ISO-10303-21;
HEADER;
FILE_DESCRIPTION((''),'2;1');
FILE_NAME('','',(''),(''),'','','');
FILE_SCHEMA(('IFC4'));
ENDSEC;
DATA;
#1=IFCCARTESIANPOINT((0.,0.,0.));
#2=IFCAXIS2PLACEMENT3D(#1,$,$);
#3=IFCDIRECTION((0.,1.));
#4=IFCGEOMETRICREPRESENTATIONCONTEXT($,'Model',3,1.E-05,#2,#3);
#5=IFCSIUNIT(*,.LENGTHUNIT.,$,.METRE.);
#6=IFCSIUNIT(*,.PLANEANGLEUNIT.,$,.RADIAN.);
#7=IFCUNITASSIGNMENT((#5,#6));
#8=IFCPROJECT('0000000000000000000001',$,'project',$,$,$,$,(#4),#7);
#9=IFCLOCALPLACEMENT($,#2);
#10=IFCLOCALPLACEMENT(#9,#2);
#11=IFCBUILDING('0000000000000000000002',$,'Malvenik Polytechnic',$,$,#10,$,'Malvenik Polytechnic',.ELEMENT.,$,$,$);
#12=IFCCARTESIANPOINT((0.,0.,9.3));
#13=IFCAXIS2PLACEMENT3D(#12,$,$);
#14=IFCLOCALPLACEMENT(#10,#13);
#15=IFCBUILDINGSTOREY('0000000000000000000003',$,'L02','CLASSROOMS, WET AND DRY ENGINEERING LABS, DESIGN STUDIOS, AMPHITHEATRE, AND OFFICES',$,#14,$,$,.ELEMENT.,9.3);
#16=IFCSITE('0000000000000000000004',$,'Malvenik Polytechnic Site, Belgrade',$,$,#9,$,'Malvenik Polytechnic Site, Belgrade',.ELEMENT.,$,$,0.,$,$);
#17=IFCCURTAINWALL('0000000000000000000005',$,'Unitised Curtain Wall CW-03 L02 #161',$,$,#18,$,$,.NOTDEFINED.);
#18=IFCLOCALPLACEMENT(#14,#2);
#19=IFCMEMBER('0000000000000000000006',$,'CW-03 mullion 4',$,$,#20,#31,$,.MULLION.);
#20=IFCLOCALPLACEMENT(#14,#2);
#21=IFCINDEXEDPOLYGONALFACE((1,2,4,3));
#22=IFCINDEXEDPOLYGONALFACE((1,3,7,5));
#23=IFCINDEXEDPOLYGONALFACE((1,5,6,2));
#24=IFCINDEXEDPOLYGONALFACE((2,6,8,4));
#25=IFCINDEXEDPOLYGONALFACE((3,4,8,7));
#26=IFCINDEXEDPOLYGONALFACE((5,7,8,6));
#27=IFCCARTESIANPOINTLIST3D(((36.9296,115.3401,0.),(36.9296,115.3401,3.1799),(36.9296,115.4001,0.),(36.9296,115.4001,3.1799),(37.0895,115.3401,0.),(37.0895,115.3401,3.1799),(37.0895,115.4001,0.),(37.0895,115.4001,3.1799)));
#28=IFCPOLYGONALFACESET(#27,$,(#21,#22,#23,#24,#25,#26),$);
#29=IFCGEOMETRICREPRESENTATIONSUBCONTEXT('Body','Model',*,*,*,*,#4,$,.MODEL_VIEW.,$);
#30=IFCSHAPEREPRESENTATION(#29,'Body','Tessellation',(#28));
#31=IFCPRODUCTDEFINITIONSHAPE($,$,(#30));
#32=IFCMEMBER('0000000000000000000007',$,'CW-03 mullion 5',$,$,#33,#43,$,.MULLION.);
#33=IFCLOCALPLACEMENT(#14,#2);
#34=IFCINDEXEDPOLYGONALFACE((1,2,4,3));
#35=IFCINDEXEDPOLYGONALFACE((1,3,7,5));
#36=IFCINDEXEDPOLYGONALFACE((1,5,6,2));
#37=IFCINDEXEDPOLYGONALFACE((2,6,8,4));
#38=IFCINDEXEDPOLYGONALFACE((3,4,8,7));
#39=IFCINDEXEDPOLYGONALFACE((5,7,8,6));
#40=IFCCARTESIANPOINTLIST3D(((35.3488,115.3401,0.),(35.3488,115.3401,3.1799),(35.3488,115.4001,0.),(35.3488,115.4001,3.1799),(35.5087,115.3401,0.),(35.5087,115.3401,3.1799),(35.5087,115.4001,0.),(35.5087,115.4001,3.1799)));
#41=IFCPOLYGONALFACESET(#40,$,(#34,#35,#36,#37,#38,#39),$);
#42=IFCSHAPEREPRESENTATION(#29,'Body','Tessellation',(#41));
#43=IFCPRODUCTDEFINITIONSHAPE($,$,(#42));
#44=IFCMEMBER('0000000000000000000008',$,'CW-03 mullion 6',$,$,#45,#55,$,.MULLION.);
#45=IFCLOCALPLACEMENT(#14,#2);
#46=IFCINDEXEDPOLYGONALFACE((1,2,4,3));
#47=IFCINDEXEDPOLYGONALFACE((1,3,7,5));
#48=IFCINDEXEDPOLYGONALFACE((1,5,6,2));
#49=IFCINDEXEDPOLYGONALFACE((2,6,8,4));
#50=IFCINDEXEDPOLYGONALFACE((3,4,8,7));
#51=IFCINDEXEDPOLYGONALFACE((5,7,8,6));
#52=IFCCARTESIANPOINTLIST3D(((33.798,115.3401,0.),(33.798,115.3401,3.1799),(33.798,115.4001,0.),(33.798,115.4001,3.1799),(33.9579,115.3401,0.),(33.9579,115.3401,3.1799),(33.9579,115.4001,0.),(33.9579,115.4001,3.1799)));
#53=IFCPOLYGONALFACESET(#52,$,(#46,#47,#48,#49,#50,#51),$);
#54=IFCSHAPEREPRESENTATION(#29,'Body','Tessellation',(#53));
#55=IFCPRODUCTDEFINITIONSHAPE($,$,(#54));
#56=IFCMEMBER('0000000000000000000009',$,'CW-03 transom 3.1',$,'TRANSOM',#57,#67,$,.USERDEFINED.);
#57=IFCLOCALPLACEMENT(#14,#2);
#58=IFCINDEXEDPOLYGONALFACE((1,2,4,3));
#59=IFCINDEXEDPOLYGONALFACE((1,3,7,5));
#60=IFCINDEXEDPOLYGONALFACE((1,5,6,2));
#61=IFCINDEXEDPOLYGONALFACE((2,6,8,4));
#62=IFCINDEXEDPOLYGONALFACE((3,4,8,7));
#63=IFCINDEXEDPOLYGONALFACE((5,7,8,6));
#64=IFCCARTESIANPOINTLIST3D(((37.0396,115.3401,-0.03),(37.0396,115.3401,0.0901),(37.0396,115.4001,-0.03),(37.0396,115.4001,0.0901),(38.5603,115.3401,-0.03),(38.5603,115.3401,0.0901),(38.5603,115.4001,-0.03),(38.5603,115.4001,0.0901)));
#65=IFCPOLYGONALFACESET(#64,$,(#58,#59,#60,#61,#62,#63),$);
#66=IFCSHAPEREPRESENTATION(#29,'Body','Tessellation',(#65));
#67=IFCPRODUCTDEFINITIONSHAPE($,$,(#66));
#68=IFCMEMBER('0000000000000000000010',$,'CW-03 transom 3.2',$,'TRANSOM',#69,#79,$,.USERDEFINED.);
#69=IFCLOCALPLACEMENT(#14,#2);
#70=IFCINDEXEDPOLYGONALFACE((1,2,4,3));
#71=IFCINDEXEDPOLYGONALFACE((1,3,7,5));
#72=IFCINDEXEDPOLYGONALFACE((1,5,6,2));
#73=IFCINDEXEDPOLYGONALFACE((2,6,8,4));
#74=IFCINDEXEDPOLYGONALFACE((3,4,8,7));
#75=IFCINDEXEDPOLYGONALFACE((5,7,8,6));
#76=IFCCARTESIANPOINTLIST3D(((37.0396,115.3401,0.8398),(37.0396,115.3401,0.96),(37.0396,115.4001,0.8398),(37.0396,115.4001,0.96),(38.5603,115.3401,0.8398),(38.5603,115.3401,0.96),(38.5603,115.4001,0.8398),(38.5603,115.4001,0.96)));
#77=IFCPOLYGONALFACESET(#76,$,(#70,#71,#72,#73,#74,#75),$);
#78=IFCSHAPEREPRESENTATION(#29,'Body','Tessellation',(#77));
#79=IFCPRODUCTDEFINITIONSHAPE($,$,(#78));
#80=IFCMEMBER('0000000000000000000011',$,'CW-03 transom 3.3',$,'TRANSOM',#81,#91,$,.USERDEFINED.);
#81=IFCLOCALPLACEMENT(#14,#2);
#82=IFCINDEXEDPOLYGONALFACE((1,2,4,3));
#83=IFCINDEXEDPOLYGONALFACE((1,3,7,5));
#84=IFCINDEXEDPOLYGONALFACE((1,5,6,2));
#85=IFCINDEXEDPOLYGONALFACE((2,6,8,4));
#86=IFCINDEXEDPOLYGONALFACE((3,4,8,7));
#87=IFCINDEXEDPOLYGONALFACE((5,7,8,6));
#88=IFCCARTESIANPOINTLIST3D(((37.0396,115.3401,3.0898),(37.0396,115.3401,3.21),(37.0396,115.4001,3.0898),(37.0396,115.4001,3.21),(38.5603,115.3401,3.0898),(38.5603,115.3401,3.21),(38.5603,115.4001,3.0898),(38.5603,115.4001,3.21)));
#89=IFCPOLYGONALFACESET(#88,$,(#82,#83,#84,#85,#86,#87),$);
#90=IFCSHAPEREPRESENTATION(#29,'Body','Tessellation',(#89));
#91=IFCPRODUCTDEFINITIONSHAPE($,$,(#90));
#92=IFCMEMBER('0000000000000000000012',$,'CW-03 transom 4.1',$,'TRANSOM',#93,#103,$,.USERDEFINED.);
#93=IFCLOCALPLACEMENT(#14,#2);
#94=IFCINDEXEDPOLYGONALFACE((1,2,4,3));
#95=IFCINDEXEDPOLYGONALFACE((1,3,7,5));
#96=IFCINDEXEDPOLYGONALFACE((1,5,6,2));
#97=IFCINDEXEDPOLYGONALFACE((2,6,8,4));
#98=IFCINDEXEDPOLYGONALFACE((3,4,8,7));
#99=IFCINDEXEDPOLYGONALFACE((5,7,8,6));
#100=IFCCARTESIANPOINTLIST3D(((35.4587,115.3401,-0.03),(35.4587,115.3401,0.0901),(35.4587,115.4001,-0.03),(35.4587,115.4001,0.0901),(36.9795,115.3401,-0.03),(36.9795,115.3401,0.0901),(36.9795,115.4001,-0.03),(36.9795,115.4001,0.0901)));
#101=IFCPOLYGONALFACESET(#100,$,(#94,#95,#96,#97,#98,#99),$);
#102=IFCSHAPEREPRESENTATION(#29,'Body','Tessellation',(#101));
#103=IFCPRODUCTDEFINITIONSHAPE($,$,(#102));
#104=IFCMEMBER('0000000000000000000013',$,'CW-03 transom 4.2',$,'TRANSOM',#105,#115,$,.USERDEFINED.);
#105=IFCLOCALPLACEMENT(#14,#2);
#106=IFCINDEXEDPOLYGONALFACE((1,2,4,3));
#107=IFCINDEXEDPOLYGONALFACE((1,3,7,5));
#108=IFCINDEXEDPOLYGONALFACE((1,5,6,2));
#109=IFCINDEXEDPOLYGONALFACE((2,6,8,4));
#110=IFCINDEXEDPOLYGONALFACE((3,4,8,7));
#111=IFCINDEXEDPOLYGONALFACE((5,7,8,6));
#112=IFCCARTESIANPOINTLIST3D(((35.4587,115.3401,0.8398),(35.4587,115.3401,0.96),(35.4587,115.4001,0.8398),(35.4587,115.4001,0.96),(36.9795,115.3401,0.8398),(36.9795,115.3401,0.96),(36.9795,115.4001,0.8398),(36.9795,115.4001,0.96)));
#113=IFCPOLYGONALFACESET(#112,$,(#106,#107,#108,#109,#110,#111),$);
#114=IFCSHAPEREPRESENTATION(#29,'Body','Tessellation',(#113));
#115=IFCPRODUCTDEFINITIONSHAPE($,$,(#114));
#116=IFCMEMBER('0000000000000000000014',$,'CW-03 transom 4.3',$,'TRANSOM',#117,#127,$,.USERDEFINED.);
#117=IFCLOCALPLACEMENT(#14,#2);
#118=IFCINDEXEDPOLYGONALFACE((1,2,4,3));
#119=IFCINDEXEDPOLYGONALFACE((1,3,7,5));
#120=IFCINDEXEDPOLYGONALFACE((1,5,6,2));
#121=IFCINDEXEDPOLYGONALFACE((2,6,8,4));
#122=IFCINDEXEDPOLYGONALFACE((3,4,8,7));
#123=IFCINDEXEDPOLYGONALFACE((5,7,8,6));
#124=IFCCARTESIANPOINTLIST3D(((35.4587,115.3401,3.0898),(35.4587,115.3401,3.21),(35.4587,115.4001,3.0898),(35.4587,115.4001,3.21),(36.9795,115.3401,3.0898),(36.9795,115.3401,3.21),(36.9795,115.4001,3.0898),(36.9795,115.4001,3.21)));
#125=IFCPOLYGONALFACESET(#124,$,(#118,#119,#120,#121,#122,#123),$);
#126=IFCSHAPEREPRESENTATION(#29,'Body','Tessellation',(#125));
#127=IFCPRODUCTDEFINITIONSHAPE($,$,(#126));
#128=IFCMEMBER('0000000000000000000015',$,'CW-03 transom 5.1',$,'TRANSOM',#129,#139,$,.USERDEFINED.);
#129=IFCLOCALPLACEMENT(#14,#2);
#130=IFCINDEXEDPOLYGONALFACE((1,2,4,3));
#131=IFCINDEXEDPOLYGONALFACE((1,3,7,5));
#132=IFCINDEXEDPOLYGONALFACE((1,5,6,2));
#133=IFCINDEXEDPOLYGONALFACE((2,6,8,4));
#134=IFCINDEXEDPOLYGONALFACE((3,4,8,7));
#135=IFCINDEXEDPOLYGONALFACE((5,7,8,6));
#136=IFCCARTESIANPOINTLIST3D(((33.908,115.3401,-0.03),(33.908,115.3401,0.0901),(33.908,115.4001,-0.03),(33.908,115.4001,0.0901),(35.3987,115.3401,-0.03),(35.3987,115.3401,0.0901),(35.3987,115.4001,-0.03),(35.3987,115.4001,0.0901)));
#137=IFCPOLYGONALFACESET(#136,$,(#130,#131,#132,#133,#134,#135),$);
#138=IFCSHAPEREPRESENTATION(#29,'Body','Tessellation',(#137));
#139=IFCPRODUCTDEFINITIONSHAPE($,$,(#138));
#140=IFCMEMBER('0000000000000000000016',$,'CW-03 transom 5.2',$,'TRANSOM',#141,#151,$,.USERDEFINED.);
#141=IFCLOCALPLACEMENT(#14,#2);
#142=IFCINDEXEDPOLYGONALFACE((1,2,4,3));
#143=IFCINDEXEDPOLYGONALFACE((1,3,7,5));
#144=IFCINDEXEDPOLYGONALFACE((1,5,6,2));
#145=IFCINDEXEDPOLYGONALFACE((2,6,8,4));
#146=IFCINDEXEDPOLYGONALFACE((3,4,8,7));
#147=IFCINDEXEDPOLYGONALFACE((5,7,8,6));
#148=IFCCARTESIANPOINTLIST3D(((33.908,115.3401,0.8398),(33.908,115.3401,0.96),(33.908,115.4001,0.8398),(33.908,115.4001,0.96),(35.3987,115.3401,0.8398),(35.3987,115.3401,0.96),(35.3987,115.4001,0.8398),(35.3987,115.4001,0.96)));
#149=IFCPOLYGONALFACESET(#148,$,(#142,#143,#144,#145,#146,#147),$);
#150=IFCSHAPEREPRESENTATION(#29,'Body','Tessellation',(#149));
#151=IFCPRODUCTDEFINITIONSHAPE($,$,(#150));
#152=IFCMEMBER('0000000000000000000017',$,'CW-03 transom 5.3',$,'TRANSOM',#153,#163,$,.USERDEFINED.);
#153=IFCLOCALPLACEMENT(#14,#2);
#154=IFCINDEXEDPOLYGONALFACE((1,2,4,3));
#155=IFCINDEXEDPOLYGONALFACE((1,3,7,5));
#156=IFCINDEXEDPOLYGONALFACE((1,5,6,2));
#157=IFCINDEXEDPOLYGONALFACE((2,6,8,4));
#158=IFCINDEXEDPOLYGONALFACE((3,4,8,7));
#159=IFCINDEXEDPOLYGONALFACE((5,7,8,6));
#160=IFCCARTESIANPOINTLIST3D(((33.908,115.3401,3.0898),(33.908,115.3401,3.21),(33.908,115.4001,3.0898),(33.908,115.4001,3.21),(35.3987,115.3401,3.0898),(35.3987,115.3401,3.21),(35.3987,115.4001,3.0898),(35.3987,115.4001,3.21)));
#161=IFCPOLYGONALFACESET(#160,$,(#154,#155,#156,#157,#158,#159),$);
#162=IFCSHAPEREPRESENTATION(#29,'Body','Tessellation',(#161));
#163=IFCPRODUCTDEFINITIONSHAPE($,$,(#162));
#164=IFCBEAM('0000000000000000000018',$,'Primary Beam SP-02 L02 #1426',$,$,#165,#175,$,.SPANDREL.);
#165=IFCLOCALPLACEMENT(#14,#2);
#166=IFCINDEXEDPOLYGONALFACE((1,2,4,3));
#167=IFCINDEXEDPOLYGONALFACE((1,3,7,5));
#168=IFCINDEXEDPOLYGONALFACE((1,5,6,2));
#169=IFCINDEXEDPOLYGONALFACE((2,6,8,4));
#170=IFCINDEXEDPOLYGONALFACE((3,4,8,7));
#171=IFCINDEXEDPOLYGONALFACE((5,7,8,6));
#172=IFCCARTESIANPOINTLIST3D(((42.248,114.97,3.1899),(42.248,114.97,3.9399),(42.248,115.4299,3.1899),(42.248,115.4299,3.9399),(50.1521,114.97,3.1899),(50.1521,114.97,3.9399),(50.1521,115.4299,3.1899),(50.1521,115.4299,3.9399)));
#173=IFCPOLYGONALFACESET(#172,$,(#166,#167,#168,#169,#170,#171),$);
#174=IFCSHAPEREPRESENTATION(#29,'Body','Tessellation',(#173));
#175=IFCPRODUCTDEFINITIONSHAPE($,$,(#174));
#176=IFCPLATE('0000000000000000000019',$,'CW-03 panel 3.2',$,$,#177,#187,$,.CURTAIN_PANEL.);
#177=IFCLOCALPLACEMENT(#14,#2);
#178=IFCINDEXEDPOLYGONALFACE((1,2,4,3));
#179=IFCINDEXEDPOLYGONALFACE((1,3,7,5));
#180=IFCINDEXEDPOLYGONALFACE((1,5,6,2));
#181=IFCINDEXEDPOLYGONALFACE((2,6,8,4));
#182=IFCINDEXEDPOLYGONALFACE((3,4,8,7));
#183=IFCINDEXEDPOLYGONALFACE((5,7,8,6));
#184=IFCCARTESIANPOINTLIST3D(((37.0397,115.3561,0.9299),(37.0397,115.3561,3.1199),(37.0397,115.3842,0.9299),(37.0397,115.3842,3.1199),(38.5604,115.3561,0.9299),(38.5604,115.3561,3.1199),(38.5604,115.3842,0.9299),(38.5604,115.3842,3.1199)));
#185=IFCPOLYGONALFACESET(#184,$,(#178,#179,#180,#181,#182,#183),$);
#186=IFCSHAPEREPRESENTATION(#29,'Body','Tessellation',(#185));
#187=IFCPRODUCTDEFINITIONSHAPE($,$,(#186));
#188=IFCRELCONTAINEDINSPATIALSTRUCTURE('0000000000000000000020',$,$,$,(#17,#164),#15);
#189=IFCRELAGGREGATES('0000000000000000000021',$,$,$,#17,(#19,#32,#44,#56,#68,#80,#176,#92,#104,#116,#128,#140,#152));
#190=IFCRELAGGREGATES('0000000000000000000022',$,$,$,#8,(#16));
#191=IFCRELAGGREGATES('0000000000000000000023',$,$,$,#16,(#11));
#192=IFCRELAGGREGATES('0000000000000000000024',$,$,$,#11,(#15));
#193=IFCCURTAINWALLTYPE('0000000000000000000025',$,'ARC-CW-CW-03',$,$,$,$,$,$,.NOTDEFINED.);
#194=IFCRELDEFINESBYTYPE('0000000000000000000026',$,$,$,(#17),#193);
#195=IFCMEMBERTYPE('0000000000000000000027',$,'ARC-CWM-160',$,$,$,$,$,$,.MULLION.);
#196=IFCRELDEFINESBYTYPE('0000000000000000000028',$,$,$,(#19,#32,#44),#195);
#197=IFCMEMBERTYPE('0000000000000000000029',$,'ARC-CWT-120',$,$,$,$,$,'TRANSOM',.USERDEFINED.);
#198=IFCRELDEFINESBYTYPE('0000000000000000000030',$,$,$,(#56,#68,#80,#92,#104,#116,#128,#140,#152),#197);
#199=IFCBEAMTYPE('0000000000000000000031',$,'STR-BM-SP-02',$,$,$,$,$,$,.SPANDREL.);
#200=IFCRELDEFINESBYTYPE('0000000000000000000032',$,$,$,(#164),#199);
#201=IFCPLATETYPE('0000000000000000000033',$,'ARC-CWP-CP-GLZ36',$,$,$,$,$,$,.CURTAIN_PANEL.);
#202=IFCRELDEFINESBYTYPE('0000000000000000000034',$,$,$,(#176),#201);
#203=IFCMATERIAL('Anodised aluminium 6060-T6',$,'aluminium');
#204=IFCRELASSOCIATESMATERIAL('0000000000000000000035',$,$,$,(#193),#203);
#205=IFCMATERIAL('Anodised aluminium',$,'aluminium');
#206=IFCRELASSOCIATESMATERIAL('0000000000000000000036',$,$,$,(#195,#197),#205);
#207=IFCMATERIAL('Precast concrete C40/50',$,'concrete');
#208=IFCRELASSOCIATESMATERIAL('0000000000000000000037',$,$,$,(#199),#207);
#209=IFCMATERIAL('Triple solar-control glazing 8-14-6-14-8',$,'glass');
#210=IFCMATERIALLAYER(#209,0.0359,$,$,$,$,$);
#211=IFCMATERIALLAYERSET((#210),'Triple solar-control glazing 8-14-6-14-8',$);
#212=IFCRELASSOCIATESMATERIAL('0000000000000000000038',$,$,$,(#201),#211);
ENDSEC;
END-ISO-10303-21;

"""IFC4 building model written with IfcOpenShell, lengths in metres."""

from ifc_helpers import new_model, si_unit, direction, frame, origin, origin_2d, place, context, subcontext, project, spatial, rectangle, extrude, material, layer, layer_set, material_profile, profile_set, type_object, element, aggregate, save


model = new_model("IFC4")

# Units and contexts
model_context = context("Model", 3, precision=1e-05, world=origin(), true_north=direction((0.0, 1.0)))
body_context = subcontext(model_context, "Body", "Model", "MODEL_VIEW")
ifc_project = project(units=[si_unit("LENGTHUNIT", "METRE"), si_unit("PLANEANGLEUNIT", "RADIAN")], contexts=[model_context])

# Site, building, storey
site_placement = place(None, origin())
site = spatial("IfcSite", under=ifc_project, at=site_placement, Name="Malvenik Polytechnic Site, Belgrade", LongName="Malvenik Polytechnic Site, Belgrade", CompositionType="ELEMENT", RefElevation=0.0)
building_placement = place(site_placement, origin())
building = spatial("IfcBuilding", under=site, at=building_placement, Name="Malvenik Polytechnic", LongName="Malvenik Polytechnic", CompositionType="ELEMENT")
storey_placement = place(building_placement, frame((0.0, 0.0, 9.3)))
storey = spatial("IfcBuildingStorey", under=building, at=storey_placement, Name="L02", Description="CLASSROOMS, WET AND DRY ENGINEERING LABS, DESIGN STUDIOS, AMPHITHEATRE, AND OFFICES", CompositionType="ELEMENT", Elevation=9.3)

# Curtain wall, members
ifc_material_1 = material(Name="Anodised aluminium 6060-T6", Category="aluminium")
curtain_wall_type = type_object("IfcCurtainWallType", Name="ARC-CW-CW-03", PredefinedType="NOTDEFINED", material=ifc_material_1)
curtain_wall_placement = place(storey_placement, origin())
curtain_wall = element("IfcCurtainWall", 1, at=curtain_wall_placement, inside=storey, type_object=curtain_wall_type, Name="Unitised Curtain Wall CW-03 L02 #161", PredefinedType="NOTDEFINED")
ifc_material_2 = material(Name="Anodised aluminium", Category="aluminium")
ifc_material_profile_1 = material_profile(ifc_material_2, rectangle(XDim=0.0601, YDim=0.1599, at=origin_2d()), Name="ALU MULLION 60x160")
ifc_profile_set_1 = profile_set([ifc_material_profile_1], Name="Anodised aluminium")
member_type_1 = type_object("IfcMemberType", Name="ARC-CWM-160", PredefinedType="MULLION", material=ifc_profile_set_1)
member_1_placement = place(storey_placement, frame((37.0095, 115.3701, 0.0), z_axis=(0.0, 0.0, 1.0), x_axis=(0.0, -1.0, 0.0)))
member_1 = element("IfcMember", 2, at=member_1_placement, type_object=member_type_1, Name="CW-03 mullion 4", PredefinedType="MULLION", context=body_context, shape_type="SweptSolid", body=[
    extrude(rectangle(XDim=0.0601, YDim=0.1599, at=origin_2d()), origin(), (0.0, 0.0, 1.0), 3.1799),
])
member_2_placement = place(storey_placement, frame((35.4287, 115.3701, 0.0), z_axis=(0.0, 0.0, 1.0), x_axis=(0.0, -1.0, 0.0)))
member_2 = element("IfcMember", 3, at=member_2_placement, type_object=member_type_1, Name="CW-03 mullion 5", PredefinedType="MULLION", context=body_context, shape_type="SweptSolid", body=[
    extrude(rectangle(XDim=0.0601, YDim=0.1599, at=origin_2d()), origin(), (0.0, 0.0, 1.0), 3.1799),
])
member_3_placement = place(storey_placement, frame((33.8779, 115.3701, 0.0), z_axis=(0.0, 0.0, 1.0), x_axis=(0.0, -1.0, 0.0)))
member_3 = element("IfcMember", 4, at=member_3_placement, type_object=member_type_1, Name="CW-03 mullion 6", PredefinedType="MULLION", context=body_context, shape_type="SweptSolid", body=[
    extrude(rectangle(XDim=0.0601, YDim=0.1599, at=origin_2d()), origin(), (0.0, 0.0, 1.0), 3.1799),
])
ifc_material_profile_2 = material_profile(ifc_material_2, rectangle(XDim=0.0601, YDim=0.1201, at=origin_2d()), Name="ALU TRANSOM 60x120")
ifc_profile_set_2 = profile_set([ifc_material_profile_2], Name="Anodised aluminium")
member_type_2 = type_object("IfcMemberType", Name="ARC-CWT-120", ElementType="TRANSOM", PredefinedType="USERDEFINED", material=ifc_profile_set_2)
member_4_placement = place(storey_placement, frame((38.5603, 115.3701, 0.03), z_axis=(-1.0, 0.0, 0.0), x_axis=(0.0, -1.0, 0.0)))
member_4 = element("IfcMember", 5, at=member_4_placement, type_object=member_type_2, Name="CW-03 transom 3.1", ObjectType="TRANSOM", PredefinedType="USERDEFINED", context=body_context, shape_type="SweptSolid", body=[
    extrude(rectangle(XDim=0.0601, YDim=0.1201, at=origin_2d()), origin(), (0.0, 0.0, 1.0), 1.5208),
])
member_5_placement = place(storey_placement, frame((38.5603, 115.3701, 0.8999), z_axis=(-1.0, 0.0, 0.0), x_axis=(0.0, -1.0, 0.0)))
member_5 = element("IfcMember", 6, at=member_5_placement, type_object=member_type_2, Name="CW-03 transom 3.2", ObjectType="TRANSOM", PredefinedType="USERDEFINED", context=body_context, shape_type="SweptSolid", body=[
    extrude(rectangle(XDim=0.0601, YDim=0.1201, at=origin_2d()), origin(), (0.0, 0.0, 1.0), 1.5208),
])
member_6_placement = place(storey_placement, frame((38.5603, 115.3701, 3.1499), z_axis=(-1.0, 0.0, 0.0), x_axis=(0.0, -1.0, 0.0)))
member_6 = element("IfcMember", 7, at=member_6_placement, type_object=member_type_2, Name="CW-03 transom 3.3", ObjectType="TRANSOM", PredefinedType="USERDEFINED", context=body_context, shape_type="SweptSolid", body=[
    extrude(rectangle(XDim=0.0601, YDim=0.1201, at=origin_2d()), origin(), (0.0, 0.0, 1.0), 1.5208),
])
member_7_placement = place(storey_placement, frame((36.9795, 115.3701, 0.03), z_axis=(-1.0, 0.0, 0.0), x_axis=(0.0, -1.0, 0.0)))
member_7 = element("IfcMember", 8, at=member_7_placement, type_object=member_type_2, Name="CW-03 transom 4.1", ObjectType="TRANSOM", PredefinedType="USERDEFINED", context=body_context, shape_type="SweptSolid", body=[
    extrude(rectangle(XDim=0.0601, YDim=0.1201, at=origin_2d()), origin(), (0.0, 0.0, 1.0), 1.5208),
])
member_8_placement = place(storey_placement, frame((36.9795, 115.3701, 0.8999), z_axis=(-1.0, 0.0, 0.0), x_axis=(0.0, -1.0, 0.0)))
member_8 = element("IfcMember", 9, at=member_8_placement, type_object=member_type_2, Name="CW-03 transom 4.2", ObjectType="TRANSOM", PredefinedType="USERDEFINED", context=body_context, shape_type="SweptSolid", body=[
    extrude(rectangle(XDim=0.0601, YDim=0.1201, at=origin_2d()), origin(), (0.0, 0.0, 1.0), 1.5208),
])
member_9_placement = place(storey_placement, frame((36.9795, 115.3701, 3.1499), z_axis=(-1.0, 0.0, 0.0), x_axis=(0.0, -1.0, 0.0)))
member_9 = element("IfcMember", 10, at=member_9_placement, type_object=member_type_2, Name="CW-03 transom 4.3", ObjectType="TRANSOM", PredefinedType="USERDEFINED", context=body_context, shape_type="SweptSolid", body=[
    extrude(rectangle(XDim=0.0601, YDim=0.1201, at=origin_2d()), origin(), (0.0, 0.0, 1.0), 1.5208),
])
member_10_placement = place(storey_placement, frame((35.3987, 115.3701, 0.03), z_axis=(-1.0, 0.0, 0.0), x_axis=(0.0, -1.0, 0.0)))
member_10 = element("IfcMember", 11, at=member_10_placement, type_object=member_type_2, Name="CW-03 transom 5.1", ObjectType="TRANSOM", PredefinedType="USERDEFINED", context=body_context, shape_type="SweptSolid", body=[
    extrude(rectangle(XDim=0.0601, YDim=0.1201, at=origin_2d()), origin(), (0.0, 0.0, 1.0), 1.4907),
])
member_11_placement = place(storey_placement, frame((35.3987, 115.3701, 0.8999), z_axis=(-1.0, 0.0, 0.0), x_axis=(0.0, -1.0, 0.0)))
member_11 = element("IfcMember", 12, at=member_11_placement, type_object=member_type_2, Name="CW-03 transom 5.2", ObjectType="TRANSOM", PredefinedType="USERDEFINED", context=body_context, shape_type="SweptSolid", body=[
    extrude(rectangle(XDim=0.0601, YDim=0.1201, at=origin_2d()), origin(), (0.0, 0.0, 1.0), 1.4907),
])
member_12_placement = place(storey_placement, frame((35.3987, 115.3701, 3.1499), z_axis=(-1.0, 0.0, 0.0), x_axis=(0.0, -1.0, 0.0)))
member_12 = element("IfcMember", 13, at=member_12_placement, type_object=member_type_2, Name="CW-03 transom 5.3", ObjectType="TRANSOM", PredefinedType="USERDEFINED", context=body_context, shape_type="SweptSolid", body=[
    extrude(rectangle(XDim=0.0601, YDim=0.1201, at=origin_2d()), origin(), (0.0, 0.0, 1.0), 1.4907),
])

# Beam
ifc_material_3 = material(Name="Precast concrete C40/50", Category="concrete")
ifc_material_profile_3 = material_profile(ifc_material_3, rectangle(XDim=0.46, YDim=0.75, at=origin_2d()), Name="PC SPN 460x750")
ifc_profile_set_3 = profile_set([ifc_material_profile_3], Name="Precast concrete C40/50")
beam_type = type_object("IfcBeamType", Name="STR-BM-SP-02", PredefinedType="SPANDREL", material=ifc_profile_set_3)
beam_placement = place(storey_placement, frame((42.248, 115.2, 3.5649), z_axis=(1.0, 0.0, 0.0), x_axis=(0.0, 1.0, 0.0)))
element("IfcBeam", 14, at=beam_placement, inside=storey, type_object=beam_type, Name="Primary Beam SP-02 L02 #1426", PredefinedType="SPANDREL", context=body_context, shape_type="SweptSolid", body=[
    extrude(rectangle(XDim=0.46, YDim=0.75, at=origin_2d()), origin(), (0.0, 0.0, 1.0), 7.9041),
])

# Plate
ifc_material_4 = material(Name="Triple solar-control glazing 8-14-6-14-8", Category="glass")
ifc_layer_1 = layer(ifc_material_4, 0.0359)
ifc_layer_set_1 = layer_set([ifc_layer_1], Name="Triple solar-control glazing 8-14-6-14-8")
plate_type_1 = type_object("IfcPlateType", Name="ARC-CWP-CP-GLZ36", PredefinedType="CURTAIN_PANEL", material=ifc_layer_set_1)
plate_1_placement = place(storey_placement, frame((37.8, 115.3701, 0.9299), z_axis=(0.0, 0.0, 1.0), x_axis=(-1.0, 0.0, 0.0)))
plate_1 = element("IfcPlate", 15, at=plate_1_placement, type_object=plate_type_1, Name="CW-03 panel 3.2", PredefinedType="CURTAIN_PANEL", context=body_context, shape_type="SweptSolid", body=[
    extrude(rectangle(XDim=1.5208, YDim=0.0281, at=origin_2d()), origin(), (0.0, 0.0, 1.0), 2.1899),
])
aggregate(curtain_wall, [member_1, member_2, member_3, member_4, member_5, member_6, plate_1, member_7, member_8, member_9, member_10, member_11, member_12])

save(model, "model.ifc")
